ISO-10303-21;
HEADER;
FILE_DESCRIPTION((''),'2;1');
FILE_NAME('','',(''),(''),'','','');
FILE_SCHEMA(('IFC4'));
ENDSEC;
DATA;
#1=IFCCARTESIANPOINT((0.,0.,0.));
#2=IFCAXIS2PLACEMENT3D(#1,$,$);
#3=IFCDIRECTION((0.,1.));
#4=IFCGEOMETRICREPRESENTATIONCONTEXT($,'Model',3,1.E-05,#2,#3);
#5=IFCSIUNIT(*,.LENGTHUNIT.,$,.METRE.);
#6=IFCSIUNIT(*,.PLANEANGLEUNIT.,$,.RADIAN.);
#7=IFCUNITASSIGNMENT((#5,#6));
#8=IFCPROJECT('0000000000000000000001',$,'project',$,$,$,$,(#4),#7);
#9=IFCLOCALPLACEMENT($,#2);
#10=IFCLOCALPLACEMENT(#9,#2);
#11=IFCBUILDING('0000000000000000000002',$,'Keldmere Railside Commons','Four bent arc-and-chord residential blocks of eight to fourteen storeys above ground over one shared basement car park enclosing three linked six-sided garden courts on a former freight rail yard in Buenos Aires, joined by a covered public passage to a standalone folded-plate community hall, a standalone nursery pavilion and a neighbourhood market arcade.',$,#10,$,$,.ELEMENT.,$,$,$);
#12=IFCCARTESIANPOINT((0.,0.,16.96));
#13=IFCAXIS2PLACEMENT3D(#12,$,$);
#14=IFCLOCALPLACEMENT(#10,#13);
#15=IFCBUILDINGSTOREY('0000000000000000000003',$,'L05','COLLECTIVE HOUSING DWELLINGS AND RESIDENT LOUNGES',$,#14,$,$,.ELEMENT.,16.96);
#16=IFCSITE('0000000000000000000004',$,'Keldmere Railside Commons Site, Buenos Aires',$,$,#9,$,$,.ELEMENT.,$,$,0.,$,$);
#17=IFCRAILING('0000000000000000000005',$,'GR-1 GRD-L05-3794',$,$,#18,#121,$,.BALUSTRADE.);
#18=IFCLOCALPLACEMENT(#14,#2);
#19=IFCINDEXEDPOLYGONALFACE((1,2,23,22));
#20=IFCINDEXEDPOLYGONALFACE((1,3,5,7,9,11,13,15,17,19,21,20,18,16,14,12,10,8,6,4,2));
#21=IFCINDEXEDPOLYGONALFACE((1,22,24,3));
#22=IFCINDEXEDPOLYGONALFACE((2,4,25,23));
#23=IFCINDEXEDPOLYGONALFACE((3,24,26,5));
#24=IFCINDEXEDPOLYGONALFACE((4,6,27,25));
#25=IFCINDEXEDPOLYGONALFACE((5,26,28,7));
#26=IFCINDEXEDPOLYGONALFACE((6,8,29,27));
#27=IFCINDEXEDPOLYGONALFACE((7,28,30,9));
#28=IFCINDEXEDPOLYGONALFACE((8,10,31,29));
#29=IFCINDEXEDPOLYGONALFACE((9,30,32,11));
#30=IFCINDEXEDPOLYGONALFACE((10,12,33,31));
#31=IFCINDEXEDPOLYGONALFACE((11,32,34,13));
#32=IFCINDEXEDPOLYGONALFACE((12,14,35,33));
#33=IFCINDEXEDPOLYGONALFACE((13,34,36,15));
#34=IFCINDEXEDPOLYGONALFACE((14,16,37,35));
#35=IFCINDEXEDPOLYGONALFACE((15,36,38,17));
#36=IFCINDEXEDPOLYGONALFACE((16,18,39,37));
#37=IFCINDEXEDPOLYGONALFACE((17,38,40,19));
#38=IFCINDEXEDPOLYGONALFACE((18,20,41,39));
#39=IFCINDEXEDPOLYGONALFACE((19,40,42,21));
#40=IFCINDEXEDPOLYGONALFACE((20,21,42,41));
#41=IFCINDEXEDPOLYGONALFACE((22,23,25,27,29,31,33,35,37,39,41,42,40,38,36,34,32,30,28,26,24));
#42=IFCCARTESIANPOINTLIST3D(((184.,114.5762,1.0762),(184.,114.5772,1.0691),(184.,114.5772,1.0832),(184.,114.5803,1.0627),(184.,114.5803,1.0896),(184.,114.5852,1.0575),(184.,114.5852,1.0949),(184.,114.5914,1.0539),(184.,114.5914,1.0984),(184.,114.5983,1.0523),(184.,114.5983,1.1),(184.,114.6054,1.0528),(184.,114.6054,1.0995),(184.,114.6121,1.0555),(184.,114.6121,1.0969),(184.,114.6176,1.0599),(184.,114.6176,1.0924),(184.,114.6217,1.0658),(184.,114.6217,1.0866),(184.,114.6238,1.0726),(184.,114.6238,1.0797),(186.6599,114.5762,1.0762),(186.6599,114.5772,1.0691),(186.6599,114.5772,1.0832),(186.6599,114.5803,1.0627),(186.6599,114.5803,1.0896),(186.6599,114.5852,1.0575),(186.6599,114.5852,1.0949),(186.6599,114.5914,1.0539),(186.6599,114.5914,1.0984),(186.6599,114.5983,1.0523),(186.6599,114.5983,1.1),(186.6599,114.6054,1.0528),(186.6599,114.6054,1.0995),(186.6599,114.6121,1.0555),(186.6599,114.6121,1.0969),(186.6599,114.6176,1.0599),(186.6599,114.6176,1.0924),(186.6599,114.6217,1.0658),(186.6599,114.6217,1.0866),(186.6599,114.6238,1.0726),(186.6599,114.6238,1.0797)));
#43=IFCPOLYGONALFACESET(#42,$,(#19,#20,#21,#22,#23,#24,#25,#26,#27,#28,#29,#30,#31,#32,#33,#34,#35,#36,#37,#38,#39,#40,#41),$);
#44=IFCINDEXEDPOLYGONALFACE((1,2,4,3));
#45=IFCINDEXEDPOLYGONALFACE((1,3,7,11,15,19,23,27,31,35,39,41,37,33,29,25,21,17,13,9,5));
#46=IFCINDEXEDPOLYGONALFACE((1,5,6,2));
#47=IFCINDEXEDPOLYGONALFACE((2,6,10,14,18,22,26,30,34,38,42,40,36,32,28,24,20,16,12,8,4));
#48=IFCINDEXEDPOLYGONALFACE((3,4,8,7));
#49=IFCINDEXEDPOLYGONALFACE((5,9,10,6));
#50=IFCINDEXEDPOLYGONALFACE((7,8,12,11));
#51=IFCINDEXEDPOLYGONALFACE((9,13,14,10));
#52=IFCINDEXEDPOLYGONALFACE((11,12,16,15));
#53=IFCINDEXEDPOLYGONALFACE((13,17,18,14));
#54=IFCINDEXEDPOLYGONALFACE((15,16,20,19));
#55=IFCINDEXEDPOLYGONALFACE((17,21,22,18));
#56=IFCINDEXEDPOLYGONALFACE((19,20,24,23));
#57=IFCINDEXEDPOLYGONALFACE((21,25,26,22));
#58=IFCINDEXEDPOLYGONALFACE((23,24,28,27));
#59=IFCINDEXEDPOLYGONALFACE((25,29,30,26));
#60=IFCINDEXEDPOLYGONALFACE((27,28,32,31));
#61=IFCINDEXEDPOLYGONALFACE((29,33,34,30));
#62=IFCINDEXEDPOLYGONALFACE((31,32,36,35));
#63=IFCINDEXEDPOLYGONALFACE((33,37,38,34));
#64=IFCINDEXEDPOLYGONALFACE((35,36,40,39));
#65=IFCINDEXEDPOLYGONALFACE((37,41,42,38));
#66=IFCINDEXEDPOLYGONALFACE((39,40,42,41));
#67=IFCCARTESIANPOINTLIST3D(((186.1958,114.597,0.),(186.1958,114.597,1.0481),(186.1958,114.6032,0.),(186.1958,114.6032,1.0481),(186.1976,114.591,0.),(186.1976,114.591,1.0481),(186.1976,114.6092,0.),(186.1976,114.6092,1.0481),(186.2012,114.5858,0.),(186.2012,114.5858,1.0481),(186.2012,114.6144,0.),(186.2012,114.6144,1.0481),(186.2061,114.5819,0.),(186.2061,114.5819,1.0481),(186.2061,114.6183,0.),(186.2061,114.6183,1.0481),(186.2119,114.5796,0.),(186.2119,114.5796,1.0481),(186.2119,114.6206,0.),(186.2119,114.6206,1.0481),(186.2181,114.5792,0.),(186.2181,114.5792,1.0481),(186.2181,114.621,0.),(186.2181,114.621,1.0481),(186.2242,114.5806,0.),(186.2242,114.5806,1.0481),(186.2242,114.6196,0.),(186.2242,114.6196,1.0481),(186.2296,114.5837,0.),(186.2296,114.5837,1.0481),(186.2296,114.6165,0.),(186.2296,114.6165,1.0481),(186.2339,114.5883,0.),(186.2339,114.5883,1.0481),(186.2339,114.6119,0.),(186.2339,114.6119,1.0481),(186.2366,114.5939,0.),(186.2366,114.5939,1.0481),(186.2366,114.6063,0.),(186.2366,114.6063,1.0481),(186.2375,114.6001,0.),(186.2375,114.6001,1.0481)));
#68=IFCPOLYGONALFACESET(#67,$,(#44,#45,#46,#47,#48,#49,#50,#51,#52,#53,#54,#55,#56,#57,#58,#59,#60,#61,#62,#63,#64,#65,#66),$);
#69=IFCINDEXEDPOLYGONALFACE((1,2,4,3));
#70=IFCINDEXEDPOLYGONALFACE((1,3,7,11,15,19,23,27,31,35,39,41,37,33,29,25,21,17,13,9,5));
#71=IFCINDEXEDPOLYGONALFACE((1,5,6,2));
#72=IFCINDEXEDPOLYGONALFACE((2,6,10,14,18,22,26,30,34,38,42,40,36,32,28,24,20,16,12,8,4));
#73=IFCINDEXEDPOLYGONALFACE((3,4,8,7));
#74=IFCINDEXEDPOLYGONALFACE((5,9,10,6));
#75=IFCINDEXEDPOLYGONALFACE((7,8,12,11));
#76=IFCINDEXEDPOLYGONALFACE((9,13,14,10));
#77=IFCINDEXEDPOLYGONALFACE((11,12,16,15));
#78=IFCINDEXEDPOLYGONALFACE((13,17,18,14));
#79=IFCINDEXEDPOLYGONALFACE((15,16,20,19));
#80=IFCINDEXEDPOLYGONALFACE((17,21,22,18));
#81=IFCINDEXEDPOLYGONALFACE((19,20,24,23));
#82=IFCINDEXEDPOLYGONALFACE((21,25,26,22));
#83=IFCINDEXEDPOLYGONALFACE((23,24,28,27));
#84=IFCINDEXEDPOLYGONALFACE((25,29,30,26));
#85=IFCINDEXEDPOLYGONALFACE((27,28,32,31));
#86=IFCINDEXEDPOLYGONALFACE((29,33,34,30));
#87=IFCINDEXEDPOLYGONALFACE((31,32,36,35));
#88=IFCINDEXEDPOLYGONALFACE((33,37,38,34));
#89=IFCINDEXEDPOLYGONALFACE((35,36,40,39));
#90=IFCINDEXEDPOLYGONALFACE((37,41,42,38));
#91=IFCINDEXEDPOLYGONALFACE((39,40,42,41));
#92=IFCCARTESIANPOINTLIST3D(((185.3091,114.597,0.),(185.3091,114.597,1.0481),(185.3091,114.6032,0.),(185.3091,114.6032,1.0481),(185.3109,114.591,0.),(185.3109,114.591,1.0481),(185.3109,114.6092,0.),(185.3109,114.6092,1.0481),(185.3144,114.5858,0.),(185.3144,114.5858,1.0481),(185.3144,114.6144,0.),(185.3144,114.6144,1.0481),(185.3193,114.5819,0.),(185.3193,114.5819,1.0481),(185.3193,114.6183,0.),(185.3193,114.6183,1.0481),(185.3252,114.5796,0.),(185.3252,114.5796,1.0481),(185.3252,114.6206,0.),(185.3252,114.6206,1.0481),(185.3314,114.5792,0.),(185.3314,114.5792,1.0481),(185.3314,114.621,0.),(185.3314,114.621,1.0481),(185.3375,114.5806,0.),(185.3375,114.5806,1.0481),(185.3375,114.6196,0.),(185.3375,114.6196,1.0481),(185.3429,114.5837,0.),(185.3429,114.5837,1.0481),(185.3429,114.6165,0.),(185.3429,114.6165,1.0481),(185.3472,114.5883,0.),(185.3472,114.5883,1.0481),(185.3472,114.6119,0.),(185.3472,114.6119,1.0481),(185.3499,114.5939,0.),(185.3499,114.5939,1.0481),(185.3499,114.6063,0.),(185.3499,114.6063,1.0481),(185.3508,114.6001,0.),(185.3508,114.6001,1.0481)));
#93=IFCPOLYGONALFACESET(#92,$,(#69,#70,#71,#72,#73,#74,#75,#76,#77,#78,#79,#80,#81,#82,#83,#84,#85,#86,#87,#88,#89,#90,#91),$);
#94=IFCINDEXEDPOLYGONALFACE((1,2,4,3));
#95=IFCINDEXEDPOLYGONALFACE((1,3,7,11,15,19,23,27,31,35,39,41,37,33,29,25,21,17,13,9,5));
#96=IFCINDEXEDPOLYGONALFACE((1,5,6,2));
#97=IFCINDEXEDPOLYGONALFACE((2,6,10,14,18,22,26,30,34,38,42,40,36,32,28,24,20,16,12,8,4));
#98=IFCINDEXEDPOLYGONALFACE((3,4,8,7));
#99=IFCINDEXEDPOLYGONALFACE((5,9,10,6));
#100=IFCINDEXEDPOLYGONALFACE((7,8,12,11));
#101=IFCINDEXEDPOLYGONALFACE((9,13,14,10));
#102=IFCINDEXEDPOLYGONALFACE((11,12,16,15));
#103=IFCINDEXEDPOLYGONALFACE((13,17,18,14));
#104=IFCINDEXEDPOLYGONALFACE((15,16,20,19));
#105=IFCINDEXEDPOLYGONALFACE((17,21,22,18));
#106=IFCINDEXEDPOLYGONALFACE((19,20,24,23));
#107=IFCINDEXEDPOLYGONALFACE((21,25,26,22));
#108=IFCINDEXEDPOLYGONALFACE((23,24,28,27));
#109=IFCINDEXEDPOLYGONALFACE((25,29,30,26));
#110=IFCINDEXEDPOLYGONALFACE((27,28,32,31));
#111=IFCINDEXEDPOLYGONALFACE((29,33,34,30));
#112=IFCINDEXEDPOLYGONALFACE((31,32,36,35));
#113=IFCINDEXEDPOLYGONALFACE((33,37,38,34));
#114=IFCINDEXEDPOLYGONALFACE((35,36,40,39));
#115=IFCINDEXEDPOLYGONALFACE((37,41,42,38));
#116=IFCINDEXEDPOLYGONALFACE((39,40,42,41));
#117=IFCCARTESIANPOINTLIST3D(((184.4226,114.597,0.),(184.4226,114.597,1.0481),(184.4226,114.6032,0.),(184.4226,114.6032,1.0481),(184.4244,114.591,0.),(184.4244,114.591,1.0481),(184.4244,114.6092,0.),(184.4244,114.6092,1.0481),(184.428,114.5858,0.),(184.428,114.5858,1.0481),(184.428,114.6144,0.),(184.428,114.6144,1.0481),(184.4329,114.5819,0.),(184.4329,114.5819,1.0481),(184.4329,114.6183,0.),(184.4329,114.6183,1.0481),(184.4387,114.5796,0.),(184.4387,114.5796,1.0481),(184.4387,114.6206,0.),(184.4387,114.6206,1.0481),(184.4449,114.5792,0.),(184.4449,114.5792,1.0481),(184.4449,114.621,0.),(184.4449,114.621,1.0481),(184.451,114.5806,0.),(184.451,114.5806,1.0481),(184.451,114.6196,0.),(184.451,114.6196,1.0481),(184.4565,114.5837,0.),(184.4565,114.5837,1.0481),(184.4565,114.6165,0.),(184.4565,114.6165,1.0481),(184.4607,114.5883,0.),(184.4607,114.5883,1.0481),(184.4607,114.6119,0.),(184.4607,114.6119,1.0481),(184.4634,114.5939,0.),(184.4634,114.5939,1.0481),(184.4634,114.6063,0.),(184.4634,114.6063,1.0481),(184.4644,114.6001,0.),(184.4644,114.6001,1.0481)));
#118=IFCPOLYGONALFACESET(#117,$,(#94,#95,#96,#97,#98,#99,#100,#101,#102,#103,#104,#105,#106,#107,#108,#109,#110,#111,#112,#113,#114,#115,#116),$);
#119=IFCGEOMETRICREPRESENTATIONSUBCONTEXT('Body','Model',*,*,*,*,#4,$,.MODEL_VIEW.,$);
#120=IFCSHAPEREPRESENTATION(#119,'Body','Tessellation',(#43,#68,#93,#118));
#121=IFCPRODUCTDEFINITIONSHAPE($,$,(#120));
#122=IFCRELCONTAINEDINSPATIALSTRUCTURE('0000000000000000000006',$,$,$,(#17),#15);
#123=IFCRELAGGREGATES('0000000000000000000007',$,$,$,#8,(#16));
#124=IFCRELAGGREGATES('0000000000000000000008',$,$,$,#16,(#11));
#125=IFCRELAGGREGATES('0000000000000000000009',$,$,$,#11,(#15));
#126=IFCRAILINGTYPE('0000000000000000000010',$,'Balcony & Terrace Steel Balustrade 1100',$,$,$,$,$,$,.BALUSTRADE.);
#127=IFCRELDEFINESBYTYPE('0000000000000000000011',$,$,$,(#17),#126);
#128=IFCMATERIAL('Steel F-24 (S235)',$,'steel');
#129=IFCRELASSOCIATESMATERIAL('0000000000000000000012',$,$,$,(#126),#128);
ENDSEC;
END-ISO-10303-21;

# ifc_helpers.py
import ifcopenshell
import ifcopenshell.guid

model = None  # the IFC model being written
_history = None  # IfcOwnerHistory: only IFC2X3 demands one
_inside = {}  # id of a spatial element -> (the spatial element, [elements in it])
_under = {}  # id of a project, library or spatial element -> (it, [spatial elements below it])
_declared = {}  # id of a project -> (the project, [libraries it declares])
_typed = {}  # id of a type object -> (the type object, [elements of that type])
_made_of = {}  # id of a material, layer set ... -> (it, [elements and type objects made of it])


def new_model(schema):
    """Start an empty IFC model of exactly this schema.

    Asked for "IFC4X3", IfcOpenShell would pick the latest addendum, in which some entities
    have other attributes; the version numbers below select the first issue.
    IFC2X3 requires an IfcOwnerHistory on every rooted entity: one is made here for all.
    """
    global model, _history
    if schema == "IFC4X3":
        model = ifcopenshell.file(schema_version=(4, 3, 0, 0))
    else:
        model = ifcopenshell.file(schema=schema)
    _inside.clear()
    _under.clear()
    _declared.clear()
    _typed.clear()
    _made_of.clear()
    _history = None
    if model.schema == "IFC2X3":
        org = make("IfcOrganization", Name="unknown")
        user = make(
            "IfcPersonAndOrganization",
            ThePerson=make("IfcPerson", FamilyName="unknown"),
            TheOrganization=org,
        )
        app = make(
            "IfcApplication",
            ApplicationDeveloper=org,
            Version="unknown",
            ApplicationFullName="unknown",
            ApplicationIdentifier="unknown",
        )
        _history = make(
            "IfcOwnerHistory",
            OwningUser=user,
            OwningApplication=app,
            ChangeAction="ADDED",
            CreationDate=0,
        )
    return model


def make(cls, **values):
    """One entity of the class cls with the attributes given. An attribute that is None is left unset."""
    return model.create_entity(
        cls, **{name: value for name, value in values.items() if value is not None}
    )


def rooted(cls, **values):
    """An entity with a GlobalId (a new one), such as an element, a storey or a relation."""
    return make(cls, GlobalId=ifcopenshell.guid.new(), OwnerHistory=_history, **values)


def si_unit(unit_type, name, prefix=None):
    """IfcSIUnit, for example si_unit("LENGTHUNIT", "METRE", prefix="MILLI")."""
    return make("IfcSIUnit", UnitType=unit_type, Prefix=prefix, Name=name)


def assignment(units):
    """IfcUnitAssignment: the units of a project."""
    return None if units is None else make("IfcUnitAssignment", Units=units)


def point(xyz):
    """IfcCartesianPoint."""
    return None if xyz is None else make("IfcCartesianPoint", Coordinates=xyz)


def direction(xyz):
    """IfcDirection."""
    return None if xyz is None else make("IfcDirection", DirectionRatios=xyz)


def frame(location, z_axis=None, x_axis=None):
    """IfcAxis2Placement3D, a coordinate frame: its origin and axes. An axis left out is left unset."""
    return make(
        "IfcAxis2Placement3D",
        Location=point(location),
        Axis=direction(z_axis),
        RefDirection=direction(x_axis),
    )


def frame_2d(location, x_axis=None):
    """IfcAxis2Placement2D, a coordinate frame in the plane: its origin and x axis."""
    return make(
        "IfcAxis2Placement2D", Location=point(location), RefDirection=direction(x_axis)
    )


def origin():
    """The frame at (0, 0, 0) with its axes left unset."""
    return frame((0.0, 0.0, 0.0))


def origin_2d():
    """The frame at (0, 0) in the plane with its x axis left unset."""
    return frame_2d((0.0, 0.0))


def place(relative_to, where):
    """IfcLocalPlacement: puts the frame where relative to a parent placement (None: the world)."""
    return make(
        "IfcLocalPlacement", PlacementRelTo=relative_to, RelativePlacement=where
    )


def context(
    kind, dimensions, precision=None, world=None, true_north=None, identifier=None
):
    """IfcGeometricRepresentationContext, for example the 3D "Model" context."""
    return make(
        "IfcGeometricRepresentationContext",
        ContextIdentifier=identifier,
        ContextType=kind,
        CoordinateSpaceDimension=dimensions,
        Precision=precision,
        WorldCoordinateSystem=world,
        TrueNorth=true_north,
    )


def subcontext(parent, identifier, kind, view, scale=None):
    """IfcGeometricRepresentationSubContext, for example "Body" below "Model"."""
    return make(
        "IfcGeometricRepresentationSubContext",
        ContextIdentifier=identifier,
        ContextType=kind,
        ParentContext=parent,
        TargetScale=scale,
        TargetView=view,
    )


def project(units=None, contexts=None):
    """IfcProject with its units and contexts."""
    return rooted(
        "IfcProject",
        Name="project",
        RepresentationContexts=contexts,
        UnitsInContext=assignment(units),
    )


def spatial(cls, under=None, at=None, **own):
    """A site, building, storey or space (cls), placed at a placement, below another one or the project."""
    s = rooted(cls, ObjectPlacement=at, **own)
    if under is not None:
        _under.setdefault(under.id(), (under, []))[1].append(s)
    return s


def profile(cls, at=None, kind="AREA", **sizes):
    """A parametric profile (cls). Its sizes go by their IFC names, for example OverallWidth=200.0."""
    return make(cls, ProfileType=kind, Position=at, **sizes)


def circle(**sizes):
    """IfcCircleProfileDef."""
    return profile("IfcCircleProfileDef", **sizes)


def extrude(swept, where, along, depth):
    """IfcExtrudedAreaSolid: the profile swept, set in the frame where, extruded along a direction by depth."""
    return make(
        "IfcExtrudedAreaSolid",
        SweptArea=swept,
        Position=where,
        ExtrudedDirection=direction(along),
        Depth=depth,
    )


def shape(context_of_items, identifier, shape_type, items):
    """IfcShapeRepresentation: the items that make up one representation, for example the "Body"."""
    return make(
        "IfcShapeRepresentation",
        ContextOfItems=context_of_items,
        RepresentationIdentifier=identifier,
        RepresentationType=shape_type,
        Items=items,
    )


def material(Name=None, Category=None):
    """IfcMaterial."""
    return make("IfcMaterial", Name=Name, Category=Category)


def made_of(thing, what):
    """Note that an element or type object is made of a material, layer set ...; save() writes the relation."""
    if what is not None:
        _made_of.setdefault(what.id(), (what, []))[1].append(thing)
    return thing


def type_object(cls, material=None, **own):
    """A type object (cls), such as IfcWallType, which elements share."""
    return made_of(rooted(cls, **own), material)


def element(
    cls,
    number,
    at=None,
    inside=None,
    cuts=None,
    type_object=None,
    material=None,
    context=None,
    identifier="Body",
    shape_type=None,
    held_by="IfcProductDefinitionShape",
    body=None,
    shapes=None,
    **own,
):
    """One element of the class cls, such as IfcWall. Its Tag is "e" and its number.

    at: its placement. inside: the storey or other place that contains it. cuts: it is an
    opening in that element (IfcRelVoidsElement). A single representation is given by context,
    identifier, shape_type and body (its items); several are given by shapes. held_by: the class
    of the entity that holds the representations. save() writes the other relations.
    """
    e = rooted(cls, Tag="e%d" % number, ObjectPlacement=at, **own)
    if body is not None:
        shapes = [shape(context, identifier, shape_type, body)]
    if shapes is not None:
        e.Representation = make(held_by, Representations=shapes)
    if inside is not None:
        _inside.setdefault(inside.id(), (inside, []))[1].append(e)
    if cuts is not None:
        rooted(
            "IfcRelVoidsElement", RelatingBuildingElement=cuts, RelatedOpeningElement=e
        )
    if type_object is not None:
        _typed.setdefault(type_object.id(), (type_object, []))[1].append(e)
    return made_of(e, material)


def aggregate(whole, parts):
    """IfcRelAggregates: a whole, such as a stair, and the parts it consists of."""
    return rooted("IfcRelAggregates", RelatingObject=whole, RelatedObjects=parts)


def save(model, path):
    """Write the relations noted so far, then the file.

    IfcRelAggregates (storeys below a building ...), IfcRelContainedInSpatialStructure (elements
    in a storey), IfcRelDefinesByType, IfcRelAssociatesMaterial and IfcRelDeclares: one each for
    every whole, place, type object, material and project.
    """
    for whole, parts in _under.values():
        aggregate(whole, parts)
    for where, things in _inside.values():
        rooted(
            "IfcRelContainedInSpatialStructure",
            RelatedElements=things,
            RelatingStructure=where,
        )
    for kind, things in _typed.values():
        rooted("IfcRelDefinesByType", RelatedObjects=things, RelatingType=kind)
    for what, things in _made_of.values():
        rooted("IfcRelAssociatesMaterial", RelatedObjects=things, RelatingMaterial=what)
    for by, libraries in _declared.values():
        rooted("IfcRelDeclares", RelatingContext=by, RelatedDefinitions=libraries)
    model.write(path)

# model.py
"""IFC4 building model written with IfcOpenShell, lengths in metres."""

from ifc_helpers import new_model, si_unit, direction, frame, origin, origin_2d, place, context, subcontext, project, spatial, circle, extrude, material, type_object, element, save


model = new_model("IFC4")

# Units and contexts
model_context = context("Model", 3, precision=1e-05, world=origin(), true_north=direction((0.0, 1.0)))
body_context = subcontext(model_context, "Body", "Model", "MODEL_VIEW")
ifc_project = project(units=[si_unit("LENGTHUNIT", "METRE"), si_unit("PLANEANGLEUNIT", "RADIAN")], contexts=[model_context])

# Site, building, storey
site_placement = place(None, origin())
site = spatial("IfcSite", under=ifc_project, at=site_placement, Name="Keldmere Railside Commons Site, Buenos Aires", CompositionType="ELEMENT", RefElevation=0.0)
building_placement = place(site_placement, origin())
building = spatial("IfcBuilding", under=site, at=building_placement, Name="Keldmere Railside Commons", Description="Four bent arc-and-chord residential blocks of eight to fourteen storeys above ground over one shared basement car park enclosing three linked six-sided garden courts on a former freight rail yard in Buenos Aires, joined by a covered public passage to a standalone folded-plate community hall, a standalone nursery pavilion and a neighbourhood market arcade.", CompositionType="ELEMENT")
storey_placement = place(building_placement, frame((0.0, 0.0, 16.96)))
storey = spatial("IfcBuildingStorey", under=building, at=storey_placement, Name="L05", Description="COLLECTIVE HOUSING DWELLINGS AND RESIDENT LOUNGES", CompositionType="ELEMENT", Elevation=16.96)

# Railing
ifc_material_1 = material(Name="Steel F-24 (S235)", Category="steel")
railing_type = type_object("IfcRailingType", Name="Balcony & Terrace Steel Balustrade 1100", PredefinedType="BALUSTRADE", material=ifc_material_1)
railing_1_placement = place(storey_placement, frame((186.6599, 114.6001, 0.0)))
element("IfcRailing", 1, at=railing_1_placement, inside=storey, type_object=railing_type, Name="GR-1 GRD-L05-3794", PredefinedType="BALUSTRADE", context=body_context, shape_type="SweptSolid", body=[
    extrude(circle(Radius=0.0239, at=origin_2d()), frame((0.0, 0.0, 1.0762), z_axis=(-1.0, 0.0, 0.0), x_axis=(0.0, -1.0, 0.0)), (0.0, 0.0, 1.0), 2.6599),
    extrude(circle(Radius=0.021, at=origin_2d()), frame((-0.4434, 0.0, 0.0)), (0.0, 0.0, 1.0), 1.0481),
    extrude(circle(Radius=0.021, at=origin_2d()), frame((-1.3301, 0.0, 0.0)), (0.0, 0.0, 1.0), 1.0481),
    extrude(circle(Radius=0.021, at=origin_2d()), frame((-2.2166, 0.0, 0.0)), (0.0, 0.0, 1.0), 1.0481),
])

save(model, "model.ifc")
